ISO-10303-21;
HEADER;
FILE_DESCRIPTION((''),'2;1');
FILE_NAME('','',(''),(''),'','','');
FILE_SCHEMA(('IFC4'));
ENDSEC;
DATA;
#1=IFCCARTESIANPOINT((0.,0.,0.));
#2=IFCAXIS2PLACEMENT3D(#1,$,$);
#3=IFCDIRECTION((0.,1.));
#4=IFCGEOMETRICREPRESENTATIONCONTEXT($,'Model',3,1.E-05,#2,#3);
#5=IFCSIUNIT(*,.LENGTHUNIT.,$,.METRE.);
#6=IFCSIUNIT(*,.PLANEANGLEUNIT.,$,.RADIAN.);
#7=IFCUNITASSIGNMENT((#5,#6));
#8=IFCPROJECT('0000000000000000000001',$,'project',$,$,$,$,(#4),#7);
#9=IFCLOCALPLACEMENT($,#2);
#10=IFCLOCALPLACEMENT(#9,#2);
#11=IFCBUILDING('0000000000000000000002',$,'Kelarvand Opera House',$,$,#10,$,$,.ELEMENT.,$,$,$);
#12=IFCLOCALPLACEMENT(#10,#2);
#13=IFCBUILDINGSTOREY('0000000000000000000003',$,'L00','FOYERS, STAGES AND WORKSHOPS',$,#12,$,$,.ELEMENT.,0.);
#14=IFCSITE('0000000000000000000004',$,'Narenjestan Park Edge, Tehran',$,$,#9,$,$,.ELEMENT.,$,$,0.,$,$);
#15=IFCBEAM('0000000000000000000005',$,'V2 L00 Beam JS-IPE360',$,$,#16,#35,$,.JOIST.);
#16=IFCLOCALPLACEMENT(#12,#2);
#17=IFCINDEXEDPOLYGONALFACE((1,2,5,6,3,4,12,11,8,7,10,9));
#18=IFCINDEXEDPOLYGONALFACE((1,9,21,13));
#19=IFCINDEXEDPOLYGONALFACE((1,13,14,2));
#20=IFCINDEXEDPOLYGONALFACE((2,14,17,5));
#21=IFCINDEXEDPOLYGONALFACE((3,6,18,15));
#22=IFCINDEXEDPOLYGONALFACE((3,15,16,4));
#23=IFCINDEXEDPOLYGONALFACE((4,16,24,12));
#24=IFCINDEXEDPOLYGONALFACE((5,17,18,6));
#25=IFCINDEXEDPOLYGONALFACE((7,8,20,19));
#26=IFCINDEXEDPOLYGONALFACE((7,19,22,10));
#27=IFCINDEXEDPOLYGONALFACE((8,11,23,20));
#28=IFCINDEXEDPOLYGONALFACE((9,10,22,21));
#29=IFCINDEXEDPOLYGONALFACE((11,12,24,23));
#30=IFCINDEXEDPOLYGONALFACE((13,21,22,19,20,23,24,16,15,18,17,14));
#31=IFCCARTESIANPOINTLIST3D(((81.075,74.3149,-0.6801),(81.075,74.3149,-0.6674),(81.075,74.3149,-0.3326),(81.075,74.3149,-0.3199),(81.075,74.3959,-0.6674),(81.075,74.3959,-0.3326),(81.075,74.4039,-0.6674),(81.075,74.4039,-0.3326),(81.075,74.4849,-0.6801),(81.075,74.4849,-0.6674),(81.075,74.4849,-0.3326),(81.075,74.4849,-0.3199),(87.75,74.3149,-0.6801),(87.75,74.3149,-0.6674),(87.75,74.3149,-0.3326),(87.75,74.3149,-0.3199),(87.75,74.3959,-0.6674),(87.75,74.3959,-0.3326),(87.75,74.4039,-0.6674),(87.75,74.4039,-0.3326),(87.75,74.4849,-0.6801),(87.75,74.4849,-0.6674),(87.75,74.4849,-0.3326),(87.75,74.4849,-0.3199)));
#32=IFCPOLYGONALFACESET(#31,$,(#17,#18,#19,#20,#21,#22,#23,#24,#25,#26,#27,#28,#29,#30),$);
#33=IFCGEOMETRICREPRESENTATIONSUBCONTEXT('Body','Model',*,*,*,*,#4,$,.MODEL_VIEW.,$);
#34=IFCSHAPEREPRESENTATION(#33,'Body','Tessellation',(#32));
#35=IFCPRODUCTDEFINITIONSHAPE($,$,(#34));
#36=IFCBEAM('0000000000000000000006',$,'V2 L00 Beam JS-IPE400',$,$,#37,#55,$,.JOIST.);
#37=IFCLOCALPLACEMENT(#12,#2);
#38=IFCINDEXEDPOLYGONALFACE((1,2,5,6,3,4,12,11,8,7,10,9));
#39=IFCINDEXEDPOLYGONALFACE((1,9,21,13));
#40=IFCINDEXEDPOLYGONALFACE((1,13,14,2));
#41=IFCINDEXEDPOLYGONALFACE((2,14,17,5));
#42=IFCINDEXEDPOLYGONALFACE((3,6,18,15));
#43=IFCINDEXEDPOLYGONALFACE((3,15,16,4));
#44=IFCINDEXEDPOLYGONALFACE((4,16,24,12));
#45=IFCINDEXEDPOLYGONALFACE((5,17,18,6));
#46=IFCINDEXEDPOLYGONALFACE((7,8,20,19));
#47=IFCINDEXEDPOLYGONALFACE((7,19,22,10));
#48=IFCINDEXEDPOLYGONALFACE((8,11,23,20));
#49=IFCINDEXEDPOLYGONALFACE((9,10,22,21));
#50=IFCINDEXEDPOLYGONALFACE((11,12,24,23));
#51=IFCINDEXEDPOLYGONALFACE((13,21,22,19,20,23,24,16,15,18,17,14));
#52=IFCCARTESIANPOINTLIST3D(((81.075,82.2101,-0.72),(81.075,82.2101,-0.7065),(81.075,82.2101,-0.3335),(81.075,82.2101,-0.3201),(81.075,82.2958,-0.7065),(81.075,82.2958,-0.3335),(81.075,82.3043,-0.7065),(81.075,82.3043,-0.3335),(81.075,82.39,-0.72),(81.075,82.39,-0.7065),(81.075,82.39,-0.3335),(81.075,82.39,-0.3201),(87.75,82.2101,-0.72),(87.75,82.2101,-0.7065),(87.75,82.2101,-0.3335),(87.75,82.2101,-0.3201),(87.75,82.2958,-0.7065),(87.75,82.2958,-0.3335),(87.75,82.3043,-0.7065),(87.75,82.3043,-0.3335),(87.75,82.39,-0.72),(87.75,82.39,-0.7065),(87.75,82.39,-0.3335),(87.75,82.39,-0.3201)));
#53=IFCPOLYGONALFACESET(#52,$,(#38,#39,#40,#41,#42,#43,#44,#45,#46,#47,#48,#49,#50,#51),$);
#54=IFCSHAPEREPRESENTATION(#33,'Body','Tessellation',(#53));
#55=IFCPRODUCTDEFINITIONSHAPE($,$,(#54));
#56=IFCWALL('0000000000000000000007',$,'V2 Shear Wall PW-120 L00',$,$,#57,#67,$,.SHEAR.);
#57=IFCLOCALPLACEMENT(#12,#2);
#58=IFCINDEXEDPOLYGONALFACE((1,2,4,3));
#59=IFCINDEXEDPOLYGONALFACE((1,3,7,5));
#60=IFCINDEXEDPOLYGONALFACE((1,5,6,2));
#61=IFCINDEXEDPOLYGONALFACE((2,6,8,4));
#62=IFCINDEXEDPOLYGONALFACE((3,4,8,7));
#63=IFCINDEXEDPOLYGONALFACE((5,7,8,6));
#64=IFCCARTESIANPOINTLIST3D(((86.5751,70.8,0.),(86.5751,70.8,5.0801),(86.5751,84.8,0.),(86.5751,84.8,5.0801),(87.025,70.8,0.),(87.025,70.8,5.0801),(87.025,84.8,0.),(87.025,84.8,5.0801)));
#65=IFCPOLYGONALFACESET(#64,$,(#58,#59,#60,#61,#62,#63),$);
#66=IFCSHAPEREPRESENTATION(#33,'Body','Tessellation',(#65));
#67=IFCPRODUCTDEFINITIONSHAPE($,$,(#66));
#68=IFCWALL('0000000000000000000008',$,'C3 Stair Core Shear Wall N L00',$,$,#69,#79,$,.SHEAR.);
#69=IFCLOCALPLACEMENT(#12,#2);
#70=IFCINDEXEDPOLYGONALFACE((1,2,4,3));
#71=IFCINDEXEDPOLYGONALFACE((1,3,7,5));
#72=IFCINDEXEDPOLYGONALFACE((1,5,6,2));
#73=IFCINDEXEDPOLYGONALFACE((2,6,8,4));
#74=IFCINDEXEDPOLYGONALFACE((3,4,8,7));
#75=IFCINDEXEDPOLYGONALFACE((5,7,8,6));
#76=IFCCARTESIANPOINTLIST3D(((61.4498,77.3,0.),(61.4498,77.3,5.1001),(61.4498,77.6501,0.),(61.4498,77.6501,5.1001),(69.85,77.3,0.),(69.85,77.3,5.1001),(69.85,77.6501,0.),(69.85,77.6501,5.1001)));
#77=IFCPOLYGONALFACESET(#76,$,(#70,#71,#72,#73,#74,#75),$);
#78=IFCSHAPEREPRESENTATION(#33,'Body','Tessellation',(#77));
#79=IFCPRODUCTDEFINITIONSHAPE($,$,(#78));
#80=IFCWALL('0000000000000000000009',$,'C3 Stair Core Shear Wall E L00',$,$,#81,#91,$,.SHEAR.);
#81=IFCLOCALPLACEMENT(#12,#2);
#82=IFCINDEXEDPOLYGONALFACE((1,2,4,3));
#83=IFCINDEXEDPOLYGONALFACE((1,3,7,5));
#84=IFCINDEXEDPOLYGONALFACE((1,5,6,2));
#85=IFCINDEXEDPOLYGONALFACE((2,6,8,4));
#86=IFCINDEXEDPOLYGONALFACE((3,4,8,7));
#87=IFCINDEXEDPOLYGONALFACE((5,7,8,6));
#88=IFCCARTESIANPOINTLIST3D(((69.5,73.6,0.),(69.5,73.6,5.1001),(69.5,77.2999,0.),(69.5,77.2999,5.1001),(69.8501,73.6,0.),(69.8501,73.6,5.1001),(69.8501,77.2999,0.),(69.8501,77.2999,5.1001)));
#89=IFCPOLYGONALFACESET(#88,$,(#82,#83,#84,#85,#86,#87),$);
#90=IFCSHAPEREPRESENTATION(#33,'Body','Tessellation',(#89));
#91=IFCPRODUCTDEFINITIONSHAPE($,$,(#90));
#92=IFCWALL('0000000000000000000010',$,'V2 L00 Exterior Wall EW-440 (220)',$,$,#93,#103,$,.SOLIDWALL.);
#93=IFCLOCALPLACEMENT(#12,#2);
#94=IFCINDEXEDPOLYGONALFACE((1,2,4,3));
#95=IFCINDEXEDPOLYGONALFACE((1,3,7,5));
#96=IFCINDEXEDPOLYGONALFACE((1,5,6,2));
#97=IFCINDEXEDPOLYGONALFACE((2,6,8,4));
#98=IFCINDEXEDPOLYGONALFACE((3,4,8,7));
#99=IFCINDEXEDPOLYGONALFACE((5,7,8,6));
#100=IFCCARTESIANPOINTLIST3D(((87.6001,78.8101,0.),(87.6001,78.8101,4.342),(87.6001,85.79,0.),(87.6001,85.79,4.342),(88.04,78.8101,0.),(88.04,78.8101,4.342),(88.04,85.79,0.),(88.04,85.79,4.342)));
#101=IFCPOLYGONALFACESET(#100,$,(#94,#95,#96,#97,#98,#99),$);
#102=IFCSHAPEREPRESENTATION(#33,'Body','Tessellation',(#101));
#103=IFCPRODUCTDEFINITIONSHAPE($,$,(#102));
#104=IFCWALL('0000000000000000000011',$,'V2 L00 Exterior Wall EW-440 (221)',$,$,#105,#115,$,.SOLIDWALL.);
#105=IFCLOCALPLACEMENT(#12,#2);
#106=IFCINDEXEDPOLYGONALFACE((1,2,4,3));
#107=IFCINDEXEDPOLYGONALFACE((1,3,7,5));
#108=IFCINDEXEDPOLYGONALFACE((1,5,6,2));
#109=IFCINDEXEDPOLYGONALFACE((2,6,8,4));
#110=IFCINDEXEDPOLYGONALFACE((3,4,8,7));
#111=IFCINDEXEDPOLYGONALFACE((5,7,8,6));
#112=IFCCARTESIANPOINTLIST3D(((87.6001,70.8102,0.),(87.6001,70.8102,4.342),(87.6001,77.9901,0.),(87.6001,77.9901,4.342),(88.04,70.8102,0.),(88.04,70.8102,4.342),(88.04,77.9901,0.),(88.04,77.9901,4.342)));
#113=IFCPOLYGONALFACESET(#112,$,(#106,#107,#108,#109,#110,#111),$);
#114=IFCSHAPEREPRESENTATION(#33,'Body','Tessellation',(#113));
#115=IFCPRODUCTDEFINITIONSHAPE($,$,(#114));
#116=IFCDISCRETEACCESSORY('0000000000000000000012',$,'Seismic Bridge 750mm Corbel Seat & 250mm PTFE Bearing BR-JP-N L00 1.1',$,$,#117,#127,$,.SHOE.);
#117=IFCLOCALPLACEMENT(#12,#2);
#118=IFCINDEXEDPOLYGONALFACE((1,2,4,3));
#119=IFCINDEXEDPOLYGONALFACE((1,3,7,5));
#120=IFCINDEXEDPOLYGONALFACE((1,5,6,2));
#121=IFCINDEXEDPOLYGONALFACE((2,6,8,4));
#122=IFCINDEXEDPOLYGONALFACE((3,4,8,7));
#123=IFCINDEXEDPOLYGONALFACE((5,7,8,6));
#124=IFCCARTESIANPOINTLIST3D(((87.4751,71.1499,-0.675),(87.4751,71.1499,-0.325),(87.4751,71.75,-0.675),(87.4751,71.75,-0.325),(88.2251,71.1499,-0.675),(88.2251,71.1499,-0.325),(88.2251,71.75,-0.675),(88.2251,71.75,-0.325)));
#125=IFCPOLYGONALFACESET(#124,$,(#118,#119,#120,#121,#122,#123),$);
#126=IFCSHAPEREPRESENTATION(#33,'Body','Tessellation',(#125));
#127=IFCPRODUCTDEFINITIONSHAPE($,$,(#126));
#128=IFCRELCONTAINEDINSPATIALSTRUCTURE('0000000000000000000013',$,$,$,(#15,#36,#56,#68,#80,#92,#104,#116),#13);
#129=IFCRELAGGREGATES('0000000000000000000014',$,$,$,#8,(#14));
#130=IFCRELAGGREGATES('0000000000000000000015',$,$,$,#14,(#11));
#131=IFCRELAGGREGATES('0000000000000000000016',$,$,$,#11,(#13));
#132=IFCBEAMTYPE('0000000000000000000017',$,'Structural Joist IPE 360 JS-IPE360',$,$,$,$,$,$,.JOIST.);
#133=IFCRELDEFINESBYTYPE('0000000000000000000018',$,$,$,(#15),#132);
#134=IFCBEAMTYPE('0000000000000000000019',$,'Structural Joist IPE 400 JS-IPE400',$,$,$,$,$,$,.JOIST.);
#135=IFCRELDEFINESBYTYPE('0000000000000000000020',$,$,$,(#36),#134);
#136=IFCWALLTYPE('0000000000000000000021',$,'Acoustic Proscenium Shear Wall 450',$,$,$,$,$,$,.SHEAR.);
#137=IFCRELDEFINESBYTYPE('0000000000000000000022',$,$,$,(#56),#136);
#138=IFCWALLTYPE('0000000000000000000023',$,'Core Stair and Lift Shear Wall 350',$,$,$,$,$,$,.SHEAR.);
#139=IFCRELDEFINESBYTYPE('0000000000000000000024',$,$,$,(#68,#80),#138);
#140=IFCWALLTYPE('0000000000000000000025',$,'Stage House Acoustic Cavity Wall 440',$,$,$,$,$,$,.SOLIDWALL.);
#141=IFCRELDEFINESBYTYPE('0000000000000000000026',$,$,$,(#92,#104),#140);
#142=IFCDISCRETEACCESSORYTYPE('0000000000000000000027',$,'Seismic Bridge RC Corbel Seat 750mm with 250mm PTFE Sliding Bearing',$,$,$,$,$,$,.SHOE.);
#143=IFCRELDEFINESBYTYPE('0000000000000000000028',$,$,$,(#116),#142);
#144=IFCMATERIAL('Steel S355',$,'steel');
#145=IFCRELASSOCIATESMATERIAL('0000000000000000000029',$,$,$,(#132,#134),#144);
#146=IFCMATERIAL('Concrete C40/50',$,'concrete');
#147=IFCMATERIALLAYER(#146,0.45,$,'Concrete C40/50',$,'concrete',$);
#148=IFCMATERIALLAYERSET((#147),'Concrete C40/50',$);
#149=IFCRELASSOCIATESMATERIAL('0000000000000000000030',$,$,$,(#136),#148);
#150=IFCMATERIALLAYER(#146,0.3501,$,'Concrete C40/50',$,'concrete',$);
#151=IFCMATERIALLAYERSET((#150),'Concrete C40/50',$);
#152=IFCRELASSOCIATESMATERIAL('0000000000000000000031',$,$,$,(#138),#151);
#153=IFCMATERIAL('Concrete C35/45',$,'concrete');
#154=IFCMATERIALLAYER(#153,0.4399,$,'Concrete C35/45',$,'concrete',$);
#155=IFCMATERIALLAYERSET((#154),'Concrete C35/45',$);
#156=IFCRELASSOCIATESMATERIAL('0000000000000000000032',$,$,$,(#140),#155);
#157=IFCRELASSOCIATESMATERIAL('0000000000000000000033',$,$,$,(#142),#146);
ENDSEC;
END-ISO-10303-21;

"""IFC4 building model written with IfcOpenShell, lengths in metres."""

from ifc_helpers import new_model, si_unit, direction, frame, frame_2d, origin, origin_2d, place, context, subcontext, project, spatial, rectangle, i_section, extrude, material, layer, layer_set, material_profile, profile_set, type_object, element, save


model = new_model("IFC4")

# Units and contexts
model_context = context("Model", 3, precision=1e-05, world=origin(), true_north=direction((0.0, 1.0)))
body_context = subcontext(model_context, "Body", "Model", "MODEL_VIEW")
ifc_project = project(units=[si_unit("LENGTHUNIT", "METRE"), si_unit("PLANEANGLEUNIT", "RADIAN")], contexts=[model_context])

# Site, building, storey
site_placement = place(None, origin())
site = spatial("IfcSite", under=ifc_project, at=site_placement, Name="Narenjestan Park Edge, Tehran", CompositionType="ELEMENT", RefElevation=0.0)
building_placement = place(site_placement, origin())
building = spatial("IfcBuilding", under=site, at=building_placement, Name="Kelarvand Opera House", CompositionType="ELEMENT")
storey_placement = place(building_placement, origin())
storey = spatial("IfcBuildingStorey", under=building, at=storey_placement, Name="L00", Description="FOYERS, STAGES AND WORKSHOPS", CompositionType="ELEMENT", Elevation=0.0)

# Shared definitions
ifc_material_1 = material(Name="Concrete C40/50", Category="concrete")

# Beams
ifc_material_2 = material(Name="Concrete C35/45", Category="concrete")
ifc_material_3 = material(Name="Steel S355", Category="steel")
ifc_material_profile_1 = material_profile(ifc_material_3, i_section(OverallWidth=0.1699, OverallDepth=0.3601, WebThickness=0.0081, FlangeThickness=0.0127, at=origin_2d()), Name="IPE 360", Category="steel")
ifc_profile_set_1 = profile_set([ifc_material_profile_1], Name="Steel S355")
beam_type_1 = type_object("IfcBeamType", Name="Structural Joist IPE 360 JS-IPE360", PredefinedType="JOIST", material=ifc_profile_set_1)
beam_1_placement = place(storey_placement, frame((81.075, 74.3999, -0.5), z_axis=(1.0, 0.0, 0.0), x_axis=(0.0, 1.0, 0.0)))
element("IfcBeam", 1, at=beam_1_placement, inside=storey, type_object=beam_type_1, Name="V2 L00 Beam JS-IPE360", PredefinedType="JOIST", context=body_context, shape_type="SweptSolid", body=[
    extrude(i_section(OverallWidth=0.1699, OverallDepth=0.3601, WebThickness=0.0081, FlangeThickness=0.0127, at=origin_2d()), origin(), (0.0, 0.0, 1.0), 6.675),
])
ifc_material_profile_2 = material_profile(ifc_material_3, i_section(OverallWidth=0.1799, OverallDepth=0.3999, WebThickness=0.0085, FlangeThickness=0.0134, at=origin_2d()), Name="IPE 400", Category="steel")
ifc_profile_set_2 = profile_set([ifc_material_profile_2], Name="Steel S355")
beam_type_2 = type_object("IfcBeamType", Name="Structural Joist IPE 400 JS-IPE400", PredefinedType="JOIST", material=ifc_profile_set_2)
beam_2_placement = place(storey_placement, frame((81.075, 82.3, -0.52), z_axis=(1.0, 0.0, 0.0), x_axis=(0.0, 1.0, 0.0)))
element("IfcBeam", 2, at=beam_2_placement, inside=storey, type_object=beam_type_2, Name="V2 L00 Beam JS-IPE400", PredefinedType="JOIST", context=body_context, shape_type="SweptSolid", body=[
    extrude(i_section(OverallWidth=0.1799, OverallDepth=0.3999, WebThickness=0.0085, FlangeThickness=0.0134, at=origin_2d()), origin(), (0.0, 0.0, 1.0), 6.675),
])

# Walls
ifc_layer_1 = layer(ifc_material_1, 0.45, Name="Concrete C40/50", Category="concrete")
ifc_layer_set_1 = layer_set([ifc_layer_1], Name="Concrete C40/50")
wall_type_1 = type_object("IfcWallType", Name="Acoustic Proscenium Shear Wall 450", PredefinedType="SHEAR", material=ifc_layer_set_1)
wall_1_placement = place(storey_placement, frame((86.8, 70.8, 0.0), z_axis=(0.0, 0.0, 1.0), x_axis=(0.0, 1.0, 0.0)))
element("IfcWall", 3, at=wall_1_placement, inside=storey, type_object=wall_type_1, Name="V2 Shear Wall PW-120 L00", PredefinedType="SHEAR", context=body_context, shape_type="SweptSolid", body=[
    extrude(rectangle(XDim=14.0, YDim=0.45, at=frame_2d((7.0, 0.0))), origin(), (0.0, 0.0, 1.0), 5.0801),
])
ifc_layer_2 = layer(ifc_material_1, 0.3501, Name="Concrete C40/50", Category="concrete")
ifc_layer_set_2 = layer_set([ifc_layer_2], Name="Concrete C40/50")
wall_type_2 = type_object("IfcWallType", Name="Core Stair and Lift Shear Wall 350", PredefinedType="SHEAR", material=ifc_layer_set_2)
wall_2_placement = place(storey_placement, frame((69.8501, 77.4751, 0.0), z_axis=(0.0, 0.0, 1.0), x_axis=(-1.0, 0.0, 0.0)))
element("IfcWall", 4, at=wall_2_placement, inside=storey, type_object=wall_type_2, Name="C3 Stair Core Shear Wall N L00", PredefinedType="SHEAR", context=body_context, shape_type="SweptSolid", body=[
    extrude(rectangle(XDim=8.4001, YDim=0.3501, at=frame_2d((4.2002, 0.0))), origin(), (0.0, 0.0, 1.0), 5.1001),
])
wall_3_placement = place(storey_placement, frame((69.675, 77.3, 0.0), z_axis=(0.0, 0.0, 1.0), x_axis=(0.0, -1.0, 0.0)))
element("IfcWall", 5, at=wall_3_placement, inside=storey, type_object=wall_type_2, Name="C3 Stair Core Shear Wall E L00", PredefinedType="SHEAR", context=body_context, shape_type="SweptSolid", body=[
    extrude(rectangle(XDim=3.7, YDim=0.3501, at=frame_2d((1.8501, 0.0))), origin(), (0.0, 0.0, 1.0), 5.1001),
])
ifc_layer_3 = layer(ifc_material_2, 0.4399, Name="Concrete C35/45", Category="concrete")
ifc_layer_set_3 = layer_set([ifc_layer_3], Name="Concrete C35/45")
wall_type_3 = type_object("IfcWallType", Name="Stage House Acoustic Cavity Wall 440", PredefinedType="SOLIDWALL", material=ifc_layer_set_3)
wall_4_placement = place(storey_placement, frame((87.8201, 85.79, 0.0), z_axis=(0.0, 0.0, 1.0), x_axis=(0.0, -1.0, 0.0)))
element("IfcWall", 6, at=wall_4_placement, inside=storey, type_object=wall_type_3, Name="V2 L00 Exterior Wall EW-440 (220)", PredefinedType="SOLIDWALL", context=body_context, shape_type="SweptSolid", body=[
    extrude(rectangle(XDim=6.98, YDim=0.4399, at=frame_2d((3.49, 0.0))), origin(), (0.0, 0.0, 1.0), 4.342),
])
wall_5_placement = place(storey_placement, frame((87.8201, 77.99, 0.0), z_axis=(0.0, 0.0, 1.0), x_axis=(0.0, -1.0, 0.0)))
element("IfcWall", 7, at=wall_5_placement, inside=storey, type_object=wall_type_3, Name="V2 L00 Exterior Wall EW-440 (221)", PredefinedType="SOLIDWALL", context=body_context, shape_type="SweptSolid", body=[
    extrude(rectangle(XDim=7.1799, YDim=0.4399, at=frame_2d((3.5898, 0.0))), origin(), (0.0, 0.0, 1.0), 4.342),
])

# Discrete accessory
discrete_accessory_type = type_object("IfcDiscreteAccessoryType", Name="Seismic Bridge RC Corbel Seat 750mm with 250mm PTFE Sliding Bearing", PredefinedType="SHOE", material=ifc_material_1)
discrete_accessory_placement = place(storey_placement, frame((87.8501, 71.45, -0.675), z_axis=(0.0, 0.0, 1.0), x_axis=(1.0, 0.0, 0.0)))
element("IfcDiscreteAccessory", 8, at=discrete_accessory_placement, inside=storey, type_object=discrete_accessory_type, Name="Seismic Bridge 750mm Corbel Seat & 250mm PTFE Bearing BR-JP-N L00 1.1", PredefinedType="SHOE", context=body_context, shape_type="SweptSolid", body=[
    extrude(rectangle(XDim=0.75, YDim=0.6001, at=origin_2d()), origin(), (0.0, 0.0, 1.0), 0.3501),
])

save(model, "model.ifc")
